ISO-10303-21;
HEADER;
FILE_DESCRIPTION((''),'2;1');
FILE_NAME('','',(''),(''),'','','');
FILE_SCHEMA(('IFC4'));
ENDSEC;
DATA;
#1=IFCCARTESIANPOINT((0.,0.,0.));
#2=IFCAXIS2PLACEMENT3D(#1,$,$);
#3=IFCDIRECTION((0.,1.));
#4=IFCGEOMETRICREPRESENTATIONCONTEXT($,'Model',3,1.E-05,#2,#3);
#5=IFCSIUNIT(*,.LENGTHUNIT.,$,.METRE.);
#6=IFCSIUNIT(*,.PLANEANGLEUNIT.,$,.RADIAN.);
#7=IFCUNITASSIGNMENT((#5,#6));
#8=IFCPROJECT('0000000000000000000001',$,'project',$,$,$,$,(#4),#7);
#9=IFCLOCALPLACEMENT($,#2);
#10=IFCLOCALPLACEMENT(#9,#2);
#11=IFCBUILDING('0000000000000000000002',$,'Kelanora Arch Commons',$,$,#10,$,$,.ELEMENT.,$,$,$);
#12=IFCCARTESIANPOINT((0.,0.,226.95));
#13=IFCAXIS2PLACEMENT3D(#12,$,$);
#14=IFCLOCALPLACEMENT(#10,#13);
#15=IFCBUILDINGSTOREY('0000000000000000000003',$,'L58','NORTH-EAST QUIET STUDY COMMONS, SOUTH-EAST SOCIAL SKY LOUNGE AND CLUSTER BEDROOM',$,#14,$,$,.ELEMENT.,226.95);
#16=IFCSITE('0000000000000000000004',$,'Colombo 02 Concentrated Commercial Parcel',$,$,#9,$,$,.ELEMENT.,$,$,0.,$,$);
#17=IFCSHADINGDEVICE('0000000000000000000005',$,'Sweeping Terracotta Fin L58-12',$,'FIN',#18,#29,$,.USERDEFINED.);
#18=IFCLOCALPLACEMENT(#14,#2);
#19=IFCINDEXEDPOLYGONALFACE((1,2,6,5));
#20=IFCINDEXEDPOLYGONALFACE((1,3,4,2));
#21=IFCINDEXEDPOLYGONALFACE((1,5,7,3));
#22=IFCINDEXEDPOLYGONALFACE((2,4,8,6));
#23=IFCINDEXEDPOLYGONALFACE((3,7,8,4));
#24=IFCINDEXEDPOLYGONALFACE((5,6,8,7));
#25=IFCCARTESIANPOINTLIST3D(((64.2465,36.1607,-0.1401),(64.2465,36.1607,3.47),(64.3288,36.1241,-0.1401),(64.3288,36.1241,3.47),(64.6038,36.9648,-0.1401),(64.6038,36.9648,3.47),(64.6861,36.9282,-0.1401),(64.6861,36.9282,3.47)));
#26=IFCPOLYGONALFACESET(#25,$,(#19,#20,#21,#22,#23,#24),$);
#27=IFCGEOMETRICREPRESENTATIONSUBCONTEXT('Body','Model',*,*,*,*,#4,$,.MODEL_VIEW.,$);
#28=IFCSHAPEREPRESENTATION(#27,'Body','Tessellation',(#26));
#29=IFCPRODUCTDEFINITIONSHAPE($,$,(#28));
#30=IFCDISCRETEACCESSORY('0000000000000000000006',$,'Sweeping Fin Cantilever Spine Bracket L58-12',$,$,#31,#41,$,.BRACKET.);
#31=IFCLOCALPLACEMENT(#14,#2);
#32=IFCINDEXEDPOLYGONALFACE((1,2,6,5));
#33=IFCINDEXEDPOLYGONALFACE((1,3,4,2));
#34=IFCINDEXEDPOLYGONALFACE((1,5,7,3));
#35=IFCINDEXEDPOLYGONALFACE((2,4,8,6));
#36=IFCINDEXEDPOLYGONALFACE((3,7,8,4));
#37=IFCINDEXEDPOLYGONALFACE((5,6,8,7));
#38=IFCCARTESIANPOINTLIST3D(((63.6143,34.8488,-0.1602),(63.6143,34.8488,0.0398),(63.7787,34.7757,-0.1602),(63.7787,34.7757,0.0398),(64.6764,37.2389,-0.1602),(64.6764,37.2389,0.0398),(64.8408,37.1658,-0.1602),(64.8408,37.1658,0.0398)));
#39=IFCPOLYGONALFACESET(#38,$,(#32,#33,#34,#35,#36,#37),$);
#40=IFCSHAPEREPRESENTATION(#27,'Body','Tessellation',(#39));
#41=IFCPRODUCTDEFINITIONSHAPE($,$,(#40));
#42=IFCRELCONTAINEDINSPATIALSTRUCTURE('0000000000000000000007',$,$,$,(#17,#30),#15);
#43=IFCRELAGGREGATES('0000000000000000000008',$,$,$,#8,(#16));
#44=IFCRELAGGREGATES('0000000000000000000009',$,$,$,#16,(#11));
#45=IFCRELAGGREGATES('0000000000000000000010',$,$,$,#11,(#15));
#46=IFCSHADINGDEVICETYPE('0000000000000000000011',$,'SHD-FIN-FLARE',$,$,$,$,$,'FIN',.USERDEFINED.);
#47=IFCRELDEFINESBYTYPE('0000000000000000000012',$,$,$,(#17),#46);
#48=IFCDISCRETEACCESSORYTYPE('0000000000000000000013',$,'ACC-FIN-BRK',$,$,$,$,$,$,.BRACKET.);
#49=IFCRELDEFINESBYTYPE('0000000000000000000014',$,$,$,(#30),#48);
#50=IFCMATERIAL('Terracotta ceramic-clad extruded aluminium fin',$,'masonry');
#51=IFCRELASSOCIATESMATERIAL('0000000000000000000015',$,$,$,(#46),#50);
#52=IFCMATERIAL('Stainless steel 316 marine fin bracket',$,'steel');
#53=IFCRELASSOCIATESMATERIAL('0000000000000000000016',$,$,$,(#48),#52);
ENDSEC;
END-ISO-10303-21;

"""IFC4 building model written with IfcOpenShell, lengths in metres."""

from ifc_helpers import new_model, si_unit, direction, frame, origin, origin_2d, place, context, subcontext, project, spatial, rectangle, extrude, source, transform, mapped, material, type_object, element, save


model = new_model("IFC4")

# Units and contexts
model_context = context("Model", 3, precision=1e-05, world=origin(), true_north=direction((0.0, 1.0)))
body_context = subcontext(model_context, "Body", "Model", "MODEL_VIEW")
ifc_project = project(units=[si_unit("LENGTHUNIT", "METRE"), si_unit("PLANEANGLEUNIT", "RADIAN")], contexts=[model_context])

# Site, building, storey
site_placement = place(None, origin())
site = spatial("IfcSite", under=ifc_project, at=site_placement, Name="Colombo 02 Concentrated Commercial Parcel", CompositionType="ELEMENT", RefElevation=0.0)
building_placement = place(site_placement, origin())
building = spatial("IfcBuilding", under=site, at=building_placement, Name="Kelanora Arch Commons", CompositionType="ELEMENT")
storey_placement = place(building_placement, frame((0.0, 0.0, 226.95)))
storey = spatial("IfcBuildingStorey", under=building, at=storey_placement, Name="L58", Description="NORTH-EAST QUIET STUDY COMMONS, SOUTH-EAST SOCIAL SKY LOUNGE AND CLUSTER BEDROOM", CompositionType="ELEMENT", Elevation=226.95)

# Shading device
ifc_material_1 = material(Name="Terracotta ceramic-clad extruded aluminium fin", Category="masonry")
shading_device_type = type_object("IfcShadingDeviceType", Name="SHD-FIN-FLARE", ElementType="FIN", PredefinedType="USERDEFINED", material=ifc_material_1)
shared_shape_1 = source(origin(), body_context, "Body", "SweptSolid", [
    extrude(rectangle(XDim=0.8799, YDim=0.0901, at=origin_2d()), origin(), (0.0, 0.0, 1.0), 3.6101),
])
shading_device_placement = place(storey_placement, frame((64.4663, 36.5444, -0.1401), z_axis=(0.0, 0.0, 1.0), x_axis=(-0.406099, -0.913829, 0.0)))
element("IfcShadingDevice", 1, at=shading_device_placement, inside=storey, type_object=shading_device_type, Name="Sweeping Terracotta Fin L58-12", ObjectType="FIN", PredefinedType="USERDEFINED", context=body_context, shape_type="MappedRepresentation", body=[
    mapped(shared_shape_1, transform((0.0, 0.0, 0.0), scale=1.0)),
])

# Discrete accessory
ifc_material_2 = material(Name="Stainless steel 316 marine fin bracket", Category="steel")
discrete_accessory_type = type_object("IfcDiscreteAccessoryType", Name="ACC-FIN-BRK", PredefinedType="BRACKET", material=ifc_material_2)
shared_shape_2 = source(origin(), body_context, "Body", "SweptSolid", [
    extrude(rectangle(XDim=2.6155, YDim=0.1799, at=origin_2d()), origin(), (0.0, 0.0, 1.0), 0.2),
])
discrete_accessory_placement = place(storey_placement, frame((64.2275, 36.0073, -0.1602), z_axis=(0.0, 0.0, 1.0), x_axis=(-0.406099, -0.913829, 0.0)))
element("IfcDiscreteAccessory", 2, at=discrete_accessory_placement, inside=storey, type_object=discrete_accessory_type, Name="Sweeping Fin Cantilever Spine Bracket L58-12", PredefinedType="BRACKET", context=body_context, shape_type="MappedRepresentation", body=[
    mapped(shared_shape_2, transform((0.0, 0.0, 0.0), scale=1.0)),
])

save(model, "model.ifc")
